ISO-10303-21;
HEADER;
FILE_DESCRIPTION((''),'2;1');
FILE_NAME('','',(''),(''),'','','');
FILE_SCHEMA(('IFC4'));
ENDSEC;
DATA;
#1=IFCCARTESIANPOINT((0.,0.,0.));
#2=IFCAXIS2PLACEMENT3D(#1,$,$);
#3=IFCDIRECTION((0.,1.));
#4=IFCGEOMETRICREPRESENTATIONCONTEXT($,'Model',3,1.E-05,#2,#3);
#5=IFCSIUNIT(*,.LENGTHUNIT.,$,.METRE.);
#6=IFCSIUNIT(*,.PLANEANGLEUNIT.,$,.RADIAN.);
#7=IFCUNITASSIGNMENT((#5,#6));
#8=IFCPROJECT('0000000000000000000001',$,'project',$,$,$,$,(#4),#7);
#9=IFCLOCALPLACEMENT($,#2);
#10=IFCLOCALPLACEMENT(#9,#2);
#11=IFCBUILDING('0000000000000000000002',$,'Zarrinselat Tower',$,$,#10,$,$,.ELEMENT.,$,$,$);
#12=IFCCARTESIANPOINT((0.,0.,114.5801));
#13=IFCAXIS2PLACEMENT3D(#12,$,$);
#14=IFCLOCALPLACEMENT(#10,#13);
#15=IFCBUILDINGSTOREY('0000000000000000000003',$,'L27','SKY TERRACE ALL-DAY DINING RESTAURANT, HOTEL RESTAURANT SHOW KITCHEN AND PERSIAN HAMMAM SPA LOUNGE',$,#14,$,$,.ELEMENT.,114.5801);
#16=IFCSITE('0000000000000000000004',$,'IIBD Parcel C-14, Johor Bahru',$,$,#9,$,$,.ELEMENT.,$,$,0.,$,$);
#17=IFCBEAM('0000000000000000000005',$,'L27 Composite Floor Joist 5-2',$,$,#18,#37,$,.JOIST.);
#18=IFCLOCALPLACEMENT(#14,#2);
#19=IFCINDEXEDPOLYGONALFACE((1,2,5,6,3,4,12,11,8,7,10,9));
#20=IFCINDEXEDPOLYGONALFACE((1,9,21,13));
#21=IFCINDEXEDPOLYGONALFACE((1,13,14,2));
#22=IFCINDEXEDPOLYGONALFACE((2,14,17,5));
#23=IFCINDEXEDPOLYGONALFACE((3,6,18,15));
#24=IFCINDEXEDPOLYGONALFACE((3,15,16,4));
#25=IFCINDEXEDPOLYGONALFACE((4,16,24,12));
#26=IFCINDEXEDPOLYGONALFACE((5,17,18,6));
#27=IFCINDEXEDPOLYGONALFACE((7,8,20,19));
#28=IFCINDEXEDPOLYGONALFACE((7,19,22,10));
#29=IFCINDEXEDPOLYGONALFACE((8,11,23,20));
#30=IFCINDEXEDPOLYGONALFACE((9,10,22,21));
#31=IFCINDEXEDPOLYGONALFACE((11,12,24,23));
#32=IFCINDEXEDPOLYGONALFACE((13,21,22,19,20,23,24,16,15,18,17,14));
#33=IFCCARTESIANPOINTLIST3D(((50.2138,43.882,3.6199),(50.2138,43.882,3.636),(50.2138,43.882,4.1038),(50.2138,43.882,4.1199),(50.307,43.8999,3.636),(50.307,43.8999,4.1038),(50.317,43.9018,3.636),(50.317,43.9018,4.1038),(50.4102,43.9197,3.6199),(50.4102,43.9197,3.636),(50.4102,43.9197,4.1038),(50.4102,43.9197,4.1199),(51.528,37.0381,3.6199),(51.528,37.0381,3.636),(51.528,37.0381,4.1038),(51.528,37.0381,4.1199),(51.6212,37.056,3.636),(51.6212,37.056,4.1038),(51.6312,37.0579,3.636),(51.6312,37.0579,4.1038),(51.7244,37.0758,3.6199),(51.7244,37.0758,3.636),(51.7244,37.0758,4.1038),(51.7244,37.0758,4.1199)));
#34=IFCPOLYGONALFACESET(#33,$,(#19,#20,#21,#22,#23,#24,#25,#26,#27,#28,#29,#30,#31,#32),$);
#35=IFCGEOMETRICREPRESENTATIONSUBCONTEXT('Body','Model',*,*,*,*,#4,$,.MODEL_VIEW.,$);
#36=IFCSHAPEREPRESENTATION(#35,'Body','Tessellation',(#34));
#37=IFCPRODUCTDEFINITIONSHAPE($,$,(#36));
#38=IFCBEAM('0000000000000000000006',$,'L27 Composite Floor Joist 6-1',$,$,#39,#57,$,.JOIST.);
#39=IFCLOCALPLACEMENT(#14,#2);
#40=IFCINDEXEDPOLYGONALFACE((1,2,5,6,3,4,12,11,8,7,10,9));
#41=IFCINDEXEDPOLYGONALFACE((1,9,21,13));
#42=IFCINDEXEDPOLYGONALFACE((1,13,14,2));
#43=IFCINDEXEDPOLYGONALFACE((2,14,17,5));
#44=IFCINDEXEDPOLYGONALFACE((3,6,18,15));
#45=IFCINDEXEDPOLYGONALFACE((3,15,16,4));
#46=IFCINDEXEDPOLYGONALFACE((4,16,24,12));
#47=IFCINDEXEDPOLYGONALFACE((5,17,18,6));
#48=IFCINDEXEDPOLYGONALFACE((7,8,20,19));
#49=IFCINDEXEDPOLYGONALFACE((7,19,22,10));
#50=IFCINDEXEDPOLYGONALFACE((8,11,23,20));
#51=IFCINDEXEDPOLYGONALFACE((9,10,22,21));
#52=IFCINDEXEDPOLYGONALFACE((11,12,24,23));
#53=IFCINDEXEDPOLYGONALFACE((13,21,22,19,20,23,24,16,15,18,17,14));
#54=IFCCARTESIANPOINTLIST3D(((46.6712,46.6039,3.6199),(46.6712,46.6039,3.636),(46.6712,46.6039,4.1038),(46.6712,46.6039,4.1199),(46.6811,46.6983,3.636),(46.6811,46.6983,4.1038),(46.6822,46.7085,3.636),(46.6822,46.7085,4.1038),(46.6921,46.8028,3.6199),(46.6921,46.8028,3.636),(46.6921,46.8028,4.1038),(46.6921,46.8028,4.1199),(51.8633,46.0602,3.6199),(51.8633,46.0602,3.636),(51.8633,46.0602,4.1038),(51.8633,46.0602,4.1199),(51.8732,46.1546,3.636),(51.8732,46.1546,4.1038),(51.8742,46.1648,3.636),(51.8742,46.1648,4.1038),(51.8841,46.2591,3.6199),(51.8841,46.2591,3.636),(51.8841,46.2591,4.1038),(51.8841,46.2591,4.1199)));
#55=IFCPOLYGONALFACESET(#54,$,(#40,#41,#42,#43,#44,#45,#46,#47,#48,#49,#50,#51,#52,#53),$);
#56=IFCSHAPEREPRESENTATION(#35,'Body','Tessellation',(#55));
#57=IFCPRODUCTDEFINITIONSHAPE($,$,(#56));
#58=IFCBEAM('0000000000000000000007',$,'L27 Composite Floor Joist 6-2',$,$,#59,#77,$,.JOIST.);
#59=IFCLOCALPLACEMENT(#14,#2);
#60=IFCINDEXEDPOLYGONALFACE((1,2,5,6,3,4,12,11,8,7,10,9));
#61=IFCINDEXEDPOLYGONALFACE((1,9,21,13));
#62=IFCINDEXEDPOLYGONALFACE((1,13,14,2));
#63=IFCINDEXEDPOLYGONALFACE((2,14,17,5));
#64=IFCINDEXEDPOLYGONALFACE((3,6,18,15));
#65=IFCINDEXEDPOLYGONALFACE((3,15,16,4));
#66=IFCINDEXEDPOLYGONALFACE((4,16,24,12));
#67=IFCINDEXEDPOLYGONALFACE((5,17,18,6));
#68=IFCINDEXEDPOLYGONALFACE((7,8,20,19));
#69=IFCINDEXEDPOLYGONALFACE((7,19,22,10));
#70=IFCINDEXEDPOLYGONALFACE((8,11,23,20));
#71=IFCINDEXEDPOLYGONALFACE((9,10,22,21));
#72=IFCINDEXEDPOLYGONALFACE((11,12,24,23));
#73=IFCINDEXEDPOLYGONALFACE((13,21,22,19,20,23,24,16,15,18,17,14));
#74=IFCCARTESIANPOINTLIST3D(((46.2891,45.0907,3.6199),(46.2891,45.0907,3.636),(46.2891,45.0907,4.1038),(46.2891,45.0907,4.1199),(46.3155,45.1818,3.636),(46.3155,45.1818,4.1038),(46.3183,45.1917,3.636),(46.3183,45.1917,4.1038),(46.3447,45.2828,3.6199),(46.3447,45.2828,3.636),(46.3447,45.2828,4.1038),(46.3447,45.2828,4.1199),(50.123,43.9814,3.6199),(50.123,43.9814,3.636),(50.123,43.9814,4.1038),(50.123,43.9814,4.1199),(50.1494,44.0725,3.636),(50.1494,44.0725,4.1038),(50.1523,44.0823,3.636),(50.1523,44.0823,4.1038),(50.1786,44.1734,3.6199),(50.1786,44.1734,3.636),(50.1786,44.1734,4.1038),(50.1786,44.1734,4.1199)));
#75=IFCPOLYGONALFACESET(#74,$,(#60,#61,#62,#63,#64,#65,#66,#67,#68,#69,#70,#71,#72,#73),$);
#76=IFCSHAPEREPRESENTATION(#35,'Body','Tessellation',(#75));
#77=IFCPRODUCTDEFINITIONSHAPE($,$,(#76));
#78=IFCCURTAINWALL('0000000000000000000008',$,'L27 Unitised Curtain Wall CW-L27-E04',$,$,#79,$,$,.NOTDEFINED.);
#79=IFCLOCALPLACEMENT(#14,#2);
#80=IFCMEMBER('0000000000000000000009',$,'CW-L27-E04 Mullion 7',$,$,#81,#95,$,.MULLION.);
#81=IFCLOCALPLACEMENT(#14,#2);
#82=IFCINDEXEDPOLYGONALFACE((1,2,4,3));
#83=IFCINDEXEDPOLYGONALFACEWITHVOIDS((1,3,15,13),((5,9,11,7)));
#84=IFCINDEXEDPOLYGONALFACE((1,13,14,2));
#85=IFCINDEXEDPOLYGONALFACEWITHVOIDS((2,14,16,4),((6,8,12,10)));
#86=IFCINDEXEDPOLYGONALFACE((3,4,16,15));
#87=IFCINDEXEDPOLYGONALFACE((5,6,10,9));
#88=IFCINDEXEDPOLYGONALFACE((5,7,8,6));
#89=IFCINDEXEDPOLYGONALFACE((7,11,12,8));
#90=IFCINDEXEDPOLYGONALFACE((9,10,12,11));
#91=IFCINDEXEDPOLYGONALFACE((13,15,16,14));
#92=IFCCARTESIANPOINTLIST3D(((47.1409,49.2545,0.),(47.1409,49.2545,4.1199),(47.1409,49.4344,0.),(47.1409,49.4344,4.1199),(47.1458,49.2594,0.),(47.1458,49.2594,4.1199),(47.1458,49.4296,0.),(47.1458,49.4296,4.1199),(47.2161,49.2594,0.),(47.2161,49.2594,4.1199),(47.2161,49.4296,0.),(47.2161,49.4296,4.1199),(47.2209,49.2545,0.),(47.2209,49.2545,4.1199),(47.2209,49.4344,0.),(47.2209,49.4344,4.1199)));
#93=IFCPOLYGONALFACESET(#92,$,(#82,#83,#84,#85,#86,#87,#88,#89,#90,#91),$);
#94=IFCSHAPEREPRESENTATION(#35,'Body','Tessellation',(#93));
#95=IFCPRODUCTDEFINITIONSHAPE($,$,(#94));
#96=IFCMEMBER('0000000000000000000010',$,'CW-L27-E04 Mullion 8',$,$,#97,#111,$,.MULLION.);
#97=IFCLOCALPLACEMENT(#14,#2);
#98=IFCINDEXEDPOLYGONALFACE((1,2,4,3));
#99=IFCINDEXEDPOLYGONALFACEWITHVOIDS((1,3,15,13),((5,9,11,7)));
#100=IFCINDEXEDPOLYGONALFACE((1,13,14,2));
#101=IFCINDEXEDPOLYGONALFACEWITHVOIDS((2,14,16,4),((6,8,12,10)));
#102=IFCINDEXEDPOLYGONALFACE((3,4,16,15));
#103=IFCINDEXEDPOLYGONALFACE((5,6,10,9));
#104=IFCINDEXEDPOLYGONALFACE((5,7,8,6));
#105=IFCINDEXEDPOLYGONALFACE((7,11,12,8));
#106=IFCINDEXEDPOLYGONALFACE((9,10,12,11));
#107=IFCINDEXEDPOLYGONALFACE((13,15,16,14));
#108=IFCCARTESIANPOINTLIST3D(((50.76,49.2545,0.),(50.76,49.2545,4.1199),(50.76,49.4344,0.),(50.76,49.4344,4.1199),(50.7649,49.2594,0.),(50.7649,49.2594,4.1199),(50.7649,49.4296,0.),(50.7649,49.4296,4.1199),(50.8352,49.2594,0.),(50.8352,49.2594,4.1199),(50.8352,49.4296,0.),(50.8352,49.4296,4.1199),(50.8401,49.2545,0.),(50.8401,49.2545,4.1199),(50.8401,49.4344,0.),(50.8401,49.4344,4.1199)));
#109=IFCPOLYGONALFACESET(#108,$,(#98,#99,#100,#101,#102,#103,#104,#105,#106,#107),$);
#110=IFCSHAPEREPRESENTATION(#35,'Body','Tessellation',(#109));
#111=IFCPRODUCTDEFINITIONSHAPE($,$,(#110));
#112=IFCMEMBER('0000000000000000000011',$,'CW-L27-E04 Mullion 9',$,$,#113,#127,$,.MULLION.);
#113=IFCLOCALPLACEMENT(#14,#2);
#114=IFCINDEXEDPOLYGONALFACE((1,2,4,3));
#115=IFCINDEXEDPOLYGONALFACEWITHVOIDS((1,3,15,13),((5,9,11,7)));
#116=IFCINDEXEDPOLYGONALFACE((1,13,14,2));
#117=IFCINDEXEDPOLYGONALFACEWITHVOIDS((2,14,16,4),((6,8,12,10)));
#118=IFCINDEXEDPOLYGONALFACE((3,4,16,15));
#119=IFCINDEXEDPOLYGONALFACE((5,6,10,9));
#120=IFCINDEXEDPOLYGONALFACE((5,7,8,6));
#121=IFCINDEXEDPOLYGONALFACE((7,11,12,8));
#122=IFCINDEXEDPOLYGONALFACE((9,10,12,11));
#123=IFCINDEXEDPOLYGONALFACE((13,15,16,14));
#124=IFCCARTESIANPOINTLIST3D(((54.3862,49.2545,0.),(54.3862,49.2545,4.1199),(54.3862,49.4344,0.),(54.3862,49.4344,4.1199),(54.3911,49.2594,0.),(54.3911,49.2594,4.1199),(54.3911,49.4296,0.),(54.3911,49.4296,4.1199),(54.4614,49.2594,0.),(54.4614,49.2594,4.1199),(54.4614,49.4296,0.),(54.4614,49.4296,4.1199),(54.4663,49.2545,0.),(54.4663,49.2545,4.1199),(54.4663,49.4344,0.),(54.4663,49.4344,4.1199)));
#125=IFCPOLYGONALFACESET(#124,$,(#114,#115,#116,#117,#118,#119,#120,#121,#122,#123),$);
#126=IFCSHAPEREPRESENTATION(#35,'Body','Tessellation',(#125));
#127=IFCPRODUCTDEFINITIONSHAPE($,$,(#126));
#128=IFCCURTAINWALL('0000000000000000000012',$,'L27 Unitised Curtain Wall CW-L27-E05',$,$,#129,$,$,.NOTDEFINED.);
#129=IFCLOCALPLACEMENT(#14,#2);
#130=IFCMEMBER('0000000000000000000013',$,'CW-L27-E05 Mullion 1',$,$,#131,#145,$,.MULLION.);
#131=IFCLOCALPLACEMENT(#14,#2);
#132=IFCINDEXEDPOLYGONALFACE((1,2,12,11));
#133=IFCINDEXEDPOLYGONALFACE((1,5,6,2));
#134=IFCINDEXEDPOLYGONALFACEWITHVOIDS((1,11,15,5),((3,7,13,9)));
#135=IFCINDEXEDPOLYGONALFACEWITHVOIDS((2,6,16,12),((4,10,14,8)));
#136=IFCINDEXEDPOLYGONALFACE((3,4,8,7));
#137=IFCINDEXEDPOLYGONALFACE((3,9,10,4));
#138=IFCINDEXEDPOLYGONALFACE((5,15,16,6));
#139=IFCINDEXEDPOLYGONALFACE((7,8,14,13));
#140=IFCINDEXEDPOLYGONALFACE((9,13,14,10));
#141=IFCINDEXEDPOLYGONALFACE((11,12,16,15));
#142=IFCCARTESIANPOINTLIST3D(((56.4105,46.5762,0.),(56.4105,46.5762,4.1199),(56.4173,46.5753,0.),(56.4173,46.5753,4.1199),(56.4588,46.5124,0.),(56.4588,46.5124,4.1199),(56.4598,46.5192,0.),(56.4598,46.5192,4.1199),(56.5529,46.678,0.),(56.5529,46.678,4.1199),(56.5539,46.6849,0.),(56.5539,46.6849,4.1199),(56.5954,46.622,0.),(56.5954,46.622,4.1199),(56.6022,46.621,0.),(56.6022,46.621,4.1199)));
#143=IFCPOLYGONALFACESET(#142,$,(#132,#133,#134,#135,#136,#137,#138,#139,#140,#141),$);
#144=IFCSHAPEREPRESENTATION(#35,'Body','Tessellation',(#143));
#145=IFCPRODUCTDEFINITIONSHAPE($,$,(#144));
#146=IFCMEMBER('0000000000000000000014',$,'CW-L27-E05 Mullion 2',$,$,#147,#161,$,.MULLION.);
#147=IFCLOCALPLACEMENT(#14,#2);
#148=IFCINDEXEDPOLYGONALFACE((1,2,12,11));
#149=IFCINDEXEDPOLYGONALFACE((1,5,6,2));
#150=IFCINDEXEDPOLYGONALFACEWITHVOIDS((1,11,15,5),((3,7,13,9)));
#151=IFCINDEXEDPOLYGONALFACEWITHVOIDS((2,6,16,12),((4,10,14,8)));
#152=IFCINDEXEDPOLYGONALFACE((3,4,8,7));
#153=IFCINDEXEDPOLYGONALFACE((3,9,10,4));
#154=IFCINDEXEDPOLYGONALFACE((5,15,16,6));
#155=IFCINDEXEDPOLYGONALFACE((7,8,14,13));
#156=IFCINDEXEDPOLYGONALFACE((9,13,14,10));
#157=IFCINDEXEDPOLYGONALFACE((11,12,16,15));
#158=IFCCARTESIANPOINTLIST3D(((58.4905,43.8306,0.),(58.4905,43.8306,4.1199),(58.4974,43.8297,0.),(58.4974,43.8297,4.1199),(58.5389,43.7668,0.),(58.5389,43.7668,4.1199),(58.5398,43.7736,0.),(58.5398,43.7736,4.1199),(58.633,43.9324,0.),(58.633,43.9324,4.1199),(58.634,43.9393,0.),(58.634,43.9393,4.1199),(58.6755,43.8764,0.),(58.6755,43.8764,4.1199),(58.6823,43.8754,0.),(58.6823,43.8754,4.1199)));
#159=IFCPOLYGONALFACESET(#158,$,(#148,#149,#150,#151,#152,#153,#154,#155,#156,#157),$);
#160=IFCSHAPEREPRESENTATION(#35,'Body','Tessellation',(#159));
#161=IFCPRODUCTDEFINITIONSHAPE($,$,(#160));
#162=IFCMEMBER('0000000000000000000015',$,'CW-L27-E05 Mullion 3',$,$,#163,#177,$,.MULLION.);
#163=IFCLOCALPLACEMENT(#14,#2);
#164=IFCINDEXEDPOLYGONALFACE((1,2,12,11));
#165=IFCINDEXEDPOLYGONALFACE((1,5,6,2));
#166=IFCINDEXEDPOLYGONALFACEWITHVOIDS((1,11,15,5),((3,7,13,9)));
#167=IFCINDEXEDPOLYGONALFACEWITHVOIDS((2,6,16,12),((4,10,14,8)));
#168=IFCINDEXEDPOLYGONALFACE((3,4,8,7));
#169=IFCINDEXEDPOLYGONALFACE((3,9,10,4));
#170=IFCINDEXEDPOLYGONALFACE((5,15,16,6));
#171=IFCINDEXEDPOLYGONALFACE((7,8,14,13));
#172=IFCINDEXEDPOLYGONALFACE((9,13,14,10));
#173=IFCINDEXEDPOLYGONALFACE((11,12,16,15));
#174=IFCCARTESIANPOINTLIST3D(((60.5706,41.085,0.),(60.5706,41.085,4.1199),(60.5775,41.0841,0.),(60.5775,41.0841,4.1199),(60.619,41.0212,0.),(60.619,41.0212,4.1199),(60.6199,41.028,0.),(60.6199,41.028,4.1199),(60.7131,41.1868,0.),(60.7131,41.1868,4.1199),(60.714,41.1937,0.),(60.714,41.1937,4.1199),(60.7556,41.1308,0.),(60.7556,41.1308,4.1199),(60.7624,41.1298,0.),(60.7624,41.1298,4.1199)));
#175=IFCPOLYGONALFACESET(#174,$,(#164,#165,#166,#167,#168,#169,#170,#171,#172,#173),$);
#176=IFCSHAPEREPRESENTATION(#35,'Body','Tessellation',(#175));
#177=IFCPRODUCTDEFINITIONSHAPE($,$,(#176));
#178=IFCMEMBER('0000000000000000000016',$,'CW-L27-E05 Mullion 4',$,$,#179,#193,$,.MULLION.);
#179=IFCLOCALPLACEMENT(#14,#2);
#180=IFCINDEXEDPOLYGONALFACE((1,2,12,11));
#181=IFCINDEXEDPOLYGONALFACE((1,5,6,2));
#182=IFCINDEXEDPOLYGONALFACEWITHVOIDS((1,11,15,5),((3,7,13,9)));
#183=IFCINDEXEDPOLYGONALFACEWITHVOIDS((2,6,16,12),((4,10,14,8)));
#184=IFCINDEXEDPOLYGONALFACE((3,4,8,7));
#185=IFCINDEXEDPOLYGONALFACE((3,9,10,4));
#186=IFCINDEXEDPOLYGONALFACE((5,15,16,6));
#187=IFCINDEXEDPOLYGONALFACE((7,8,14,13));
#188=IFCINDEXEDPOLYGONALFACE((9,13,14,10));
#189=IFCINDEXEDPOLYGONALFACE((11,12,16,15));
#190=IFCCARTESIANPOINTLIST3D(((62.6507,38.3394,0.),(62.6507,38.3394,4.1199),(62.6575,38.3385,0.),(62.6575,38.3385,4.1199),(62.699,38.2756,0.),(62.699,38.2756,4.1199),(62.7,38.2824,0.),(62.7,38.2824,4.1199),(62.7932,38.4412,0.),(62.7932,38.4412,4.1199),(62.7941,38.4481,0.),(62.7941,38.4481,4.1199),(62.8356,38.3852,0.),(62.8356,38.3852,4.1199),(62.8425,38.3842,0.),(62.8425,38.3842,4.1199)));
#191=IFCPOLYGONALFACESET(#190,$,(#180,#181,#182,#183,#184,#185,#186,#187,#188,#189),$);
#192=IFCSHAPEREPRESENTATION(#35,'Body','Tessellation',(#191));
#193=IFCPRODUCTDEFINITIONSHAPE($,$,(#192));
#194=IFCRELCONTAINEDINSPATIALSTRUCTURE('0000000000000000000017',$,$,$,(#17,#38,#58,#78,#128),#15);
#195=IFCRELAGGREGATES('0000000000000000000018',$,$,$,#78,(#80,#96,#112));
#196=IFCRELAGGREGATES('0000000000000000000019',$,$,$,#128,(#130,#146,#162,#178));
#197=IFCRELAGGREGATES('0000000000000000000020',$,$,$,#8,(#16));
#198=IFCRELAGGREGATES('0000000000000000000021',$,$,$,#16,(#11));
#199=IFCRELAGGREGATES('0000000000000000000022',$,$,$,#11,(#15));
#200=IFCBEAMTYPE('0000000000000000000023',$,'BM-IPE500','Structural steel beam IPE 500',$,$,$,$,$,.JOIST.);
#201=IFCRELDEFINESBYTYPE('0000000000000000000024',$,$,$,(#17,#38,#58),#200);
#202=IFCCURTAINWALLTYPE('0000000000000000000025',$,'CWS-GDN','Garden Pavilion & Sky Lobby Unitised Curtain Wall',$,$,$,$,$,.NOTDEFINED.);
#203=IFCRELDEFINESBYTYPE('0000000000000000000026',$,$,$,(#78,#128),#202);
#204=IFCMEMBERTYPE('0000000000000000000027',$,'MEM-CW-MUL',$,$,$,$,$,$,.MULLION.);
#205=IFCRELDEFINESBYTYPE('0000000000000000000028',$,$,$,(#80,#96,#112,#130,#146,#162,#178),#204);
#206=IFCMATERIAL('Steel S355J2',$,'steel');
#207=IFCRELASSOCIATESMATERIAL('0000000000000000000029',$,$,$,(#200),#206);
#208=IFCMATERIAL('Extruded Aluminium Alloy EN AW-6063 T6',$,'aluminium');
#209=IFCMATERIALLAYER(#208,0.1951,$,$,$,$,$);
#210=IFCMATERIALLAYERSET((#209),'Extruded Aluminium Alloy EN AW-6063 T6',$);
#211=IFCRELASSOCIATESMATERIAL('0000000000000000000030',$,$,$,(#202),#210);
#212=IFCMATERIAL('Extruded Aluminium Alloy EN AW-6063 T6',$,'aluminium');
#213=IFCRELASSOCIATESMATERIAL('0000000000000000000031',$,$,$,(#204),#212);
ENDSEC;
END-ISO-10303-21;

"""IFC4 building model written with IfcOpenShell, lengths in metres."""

from ifc_helpers import new_model, si_unit, direction, frame, origin, origin_2d, place, context, subcontext, project, spatial, hollow_rectangle, i_section, extrude, material, layer, layer_set, material_profile, profile_set, type_object, element, aggregate, save


model = new_model("IFC4")

# Units and contexts
model_context = context("Model", 3, precision=1e-05, world=origin(), true_north=direction((0.0, 1.0)))
body_context = subcontext(model_context, "Body", "Model", "MODEL_VIEW")
ifc_project = project(units=[si_unit("LENGTHUNIT", "METRE"), si_unit("PLANEANGLEUNIT", "RADIAN")], contexts=[model_context])

# Site, building, storey
site_placement = place(None, origin())
site = spatial("IfcSite", under=ifc_project, at=site_placement, Name="IIBD Parcel C-14, Johor Bahru", CompositionType="ELEMENT", RefElevation=0.0)
building_placement = place(site_placement, origin())
building = spatial("IfcBuilding", under=site, at=building_placement, Name="Zarrinselat Tower", CompositionType="ELEMENT")
storey_placement = place(building_placement, frame((0.0, 0.0, 114.5801)))
storey = spatial("IfcBuildingStorey", under=building, at=storey_placement, Name="L27", Description="SKY TERRACE ALL-DAY DINING RESTAURANT, HOTEL RESTAURANT SHOW KITCHEN AND PERSIAN HAMMAM SPA LOUNGE", CompositionType="ELEMENT", Elevation=114.5801)

# Beams
ifc_material_1 = material(Name="Steel S355J2", Category="steel")
ifc_material_profile_1 = material_profile(ifc_material_1, i_section(OverallWidth=0.2, OverallDepth=0.5, WebThickness=0.0103, FlangeThickness=0.0161, at=origin_2d()), Name="IPE 500")
ifc_profile_set_1 = profile_set([ifc_material_profile_1], Name="Steel S355J2")
beam_type_1 = type_object("IfcBeamType", Name="BM-IPE500", Description="Structural steel beam IPE 500", PredefinedType="JOIST", material=ifc_profile_set_1)
beam_1_placement = place(storey_placement, frame((50.312, 43.9009, 3.8699), z_axis=(0.188578, -0.982058, 0.0), x_axis=(0.982058, 0.188578, 0.0)))
element("IfcBeam", 1, at=beam_1_placement, inside=storey, type_object=beam_type_1, Name="L27 Composite Floor Joist 5-2", PredefinedType="JOIST", context=body_context, shape_type="SweptSolid", body=[
    extrude(i_section(OverallWidth=0.2, OverallDepth=0.5, WebThickness=0.0103, FlangeThickness=0.0161, at=origin_2d()), origin(), (0.0, 0.0, 1.0), 6.969),
])
beam_2_placement = place(storey_placement, frame((46.6816, 46.7034, 3.8699), z_axis=(0.994562, -0.104147, 0.0), x_axis=(0.104147, 0.994562, 0.0)))
element("IfcBeam", 2, at=beam_2_placement, inside=storey, type_object=beam_type_1, Name="L27 Composite Floor Joist 6-1", PredefinedType="JOIST", context=body_context, shape_type="SweptSolid", body=[
    extrude(i_section(OverallWidth=0.2, OverallDepth=0.5, WebThickness=0.0103, FlangeThickness=0.0161, at=origin_2d()), origin(), (0.0, 0.0, 1.0), 5.2205),
])
beam_3_placement = place(storey_placement, frame((46.3169, 45.1868, 3.8699), z_axis=(0.960595, -0.277951, 0.0), x_axis=(0.277951, 0.960595, 0.0)))
element("IfcBeam", 3, at=beam_3_placement, inside=storey, type_object=beam_type_1, Name="L27 Composite Floor Joist 6-2", PredefinedType="JOIST", context=body_context, shape_type="SweptSolid", body=[
    extrude(i_section(OverallWidth=0.2, OverallDepth=0.5, WebThickness=0.0103, FlangeThickness=0.0161, at=origin_2d()), origin(), (0.0, 0.0, 1.0), 3.9912),
])

# Curtain walls, members
ifc_material_2 = material(Name="Extruded Aluminium Alloy EN AW-6063 T6", Category="aluminium")
ifc_layer_1 = layer(ifc_material_2, 0.1951)
ifc_layer_set_1 = layer_set([ifc_layer_1], Name="Extruded Aluminium Alloy EN AW-6063 T6")
curtain_wall_type = type_object("IfcCurtainWallType", Name="CWS-GDN", Description="Garden Pavilion & Sky Lobby Unitised Curtain Wall", PredefinedType="NOTDEFINED", material=ifc_layer_set_1)
curtain_wall_1_placement = place(storey_placement, origin())
curtain_wall_1 = element("IfcCurtainWall", 4, at=curtain_wall_1_placement, inside=storey, type_object=curtain_wall_type, Name="L27 Unitised Curtain Wall CW-L27-E04", PredefinedType="NOTDEFINED")
ifc_material_3 = material(Name="Extruded Aluminium Alloy EN AW-6063 T6", Category="aluminium")
ifc_material_profile_2 = material_profile(ifc_material_3, hollow_rectangle(XDim=0.0801, YDim=0.1799, WallThickness=0.0049, at=origin_2d()), Name="RHS 180x80x5")
ifc_profile_set_2 = profile_set([ifc_material_profile_2], Name="Extruded Aluminium Alloy EN AW-6063 T6")
member_type_1 = type_object("IfcMemberType", Name="MEM-CW-MUL", PredefinedType="MULLION", material=ifc_profile_set_2)
member_1_placement = place(storey_placement, frame((47.1809, 49.3445, 0.0), z_axis=(0.0, 0.0, 1.0), x_axis=(1.0, 0.0, 0.0)))
member_1 = element("IfcMember", 5, at=member_1_placement, type_object=member_type_1, Name="CW-L27-E04 Mullion 7", PredefinedType="MULLION", context=body_context, shape_type="SweptSolid", body=[
    extrude(hollow_rectangle(XDim=0.0801, YDim=0.1799, WallThickness=0.0049, at=origin_2d()), origin(), (0.0, 0.0, 1.0), 4.1199),
])
member_2_placement = place(storey_placement, frame((50.8, 49.3445, 0.0), z_axis=(0.0, 0.0, 1.0), x_axis=(1.0, 0.0, 0.0)))
member_2 = element("IfcMember", 6, at=member_2_placement, type_object=member_type_1, Name="CW-L27-E04 Mullion 8", PredefinedType="MULLION", context=body_context, shape_type="SweptSolid", body=[
    extrude(hollow_rectangle(XDim=0.0801, YDim=0.1799, WallThickness=0.0049, at=origin_2d()), origin(), (0.0, 0.0, 1.0), 4.1199),
])
member_3_placement = place(storey_placement, frame((54.4263, 49.3445, 0.0), z_axis=(0.0, 0.0, 1.0), x_axis=(1.0, 0.0, 0.0)))
member_3 = element("IfcMember", 7, at=member_3_placement, type_object=member_type_1, Name="CW-L27-E04 Mullion 9", PredefinedType="MULLION", context=body_context, shape_type="SweptSolid", body=[
    extrude(hollow_rectangle(XDim=0.0801, YDim=0.1799, WallThickness=0.0049, at=origin_2d()), origin(), (0.0, 0.0, 1.0), 4.1199),
])
curtain_wall_2_placement = place(storey_placement, origin())
curtain_wall_2 = element("IfcCurtainWall", 8, at=curtain_wall_2_placement, inside=storey, type_object=curtain_wall_type, Name="L27 Unitised Curtain Wall CW-L27-E05", PredefinedType="NOTDEFINED")
member_4_placement = place(storey_placement, frame((56.5063, 46.5986, 0.0), z_axis=(0.0, 0.0, 1.0), x_axis=(0.603856, -0.797093, 0.0)))
member_4 = element("IfcMember", 9, at=member_4_placement, type_object=member_type_1, Name="CW-L27-E05 Mullion 1", PredefinedType="MULLION", context=body_context, shape_type="SweptSolid", body=[
    extrude(hollow_rectangle(XDim=0.0801, YDim=0.1799, WallThickness=0.0049, at=origin_2d()), origin(), (0.0, 0.0, 1.0), 4.1199),
])
member_5_placement = place(storey_placement, frame((58.5864, 43.853, 0.0), z_axis=(0.0, 0.0, 1.0), x_axis=(0.603856, -0.797093, 0.0)))
member_5 = element("IfcMember", 10, at=member_5_placement, type_object=member_type_1, Name="CW-L27-E05 Mullion 2", PredefinedType="MULLION", context=body_context, shape_type="SweptSolid", body=[
    extrude(hollow_rectangle(XDim=0.0801, YDim=0.1799, WallThickness=0.0049, at=origin_2d()), origin(), (0.0, 0.0, 1.0), 4.1199),
])
member_6_placement = place(storey_placement, frame((60.6665, 41.1074, 0.0), z_axis=(0.0, 0.0, 1.0), x_axis=(0.603856, -0.797093, 0.0)))
member_6 = element("IfcMember", 11, at=member_6_placement, type_object=member_type_1, Name="CW-L27-E05 Mullion 3", PredefinedType="MULLION", context=body_context, shape_type="SweptSolid", body=[
    extrude(hollow_rectangle(XDim=0.0801, YDim=0.1799, WallThickness=0.0049, at=origin_2d()), origin(), (0.0, 0.0, 1.0), 4.1199),
])
member_7_placement = place(storey_placement, frame((62.7466, 38.3618, 0.0), z_axis=(0.0, 0.0, 1.0), x_axis=(0.603856, -0.797093, 0.0)))
member_7 = element("IfcMember", 12, at=member_7_placement, type_object=member_type_1, Name="CW-L27-E05 Mullion 4", PredefinedType="MULLION", context=body_context, shape_type="SweptSolid", body=[
    extrude(hollow_rectangle(XDim=0.0801, YDim=0.1799, WallThickness=0.0049, at=origin_2d()), origin(), (0.0, 0.0, 1.0), 4.1199),
])

aggregate(curtain_wall_1, [member_1, member_2, member_3])
aggregate(curtain_wall_2, [member_4, member_5, member_6, member_7])

save(model, "model.ifc")
